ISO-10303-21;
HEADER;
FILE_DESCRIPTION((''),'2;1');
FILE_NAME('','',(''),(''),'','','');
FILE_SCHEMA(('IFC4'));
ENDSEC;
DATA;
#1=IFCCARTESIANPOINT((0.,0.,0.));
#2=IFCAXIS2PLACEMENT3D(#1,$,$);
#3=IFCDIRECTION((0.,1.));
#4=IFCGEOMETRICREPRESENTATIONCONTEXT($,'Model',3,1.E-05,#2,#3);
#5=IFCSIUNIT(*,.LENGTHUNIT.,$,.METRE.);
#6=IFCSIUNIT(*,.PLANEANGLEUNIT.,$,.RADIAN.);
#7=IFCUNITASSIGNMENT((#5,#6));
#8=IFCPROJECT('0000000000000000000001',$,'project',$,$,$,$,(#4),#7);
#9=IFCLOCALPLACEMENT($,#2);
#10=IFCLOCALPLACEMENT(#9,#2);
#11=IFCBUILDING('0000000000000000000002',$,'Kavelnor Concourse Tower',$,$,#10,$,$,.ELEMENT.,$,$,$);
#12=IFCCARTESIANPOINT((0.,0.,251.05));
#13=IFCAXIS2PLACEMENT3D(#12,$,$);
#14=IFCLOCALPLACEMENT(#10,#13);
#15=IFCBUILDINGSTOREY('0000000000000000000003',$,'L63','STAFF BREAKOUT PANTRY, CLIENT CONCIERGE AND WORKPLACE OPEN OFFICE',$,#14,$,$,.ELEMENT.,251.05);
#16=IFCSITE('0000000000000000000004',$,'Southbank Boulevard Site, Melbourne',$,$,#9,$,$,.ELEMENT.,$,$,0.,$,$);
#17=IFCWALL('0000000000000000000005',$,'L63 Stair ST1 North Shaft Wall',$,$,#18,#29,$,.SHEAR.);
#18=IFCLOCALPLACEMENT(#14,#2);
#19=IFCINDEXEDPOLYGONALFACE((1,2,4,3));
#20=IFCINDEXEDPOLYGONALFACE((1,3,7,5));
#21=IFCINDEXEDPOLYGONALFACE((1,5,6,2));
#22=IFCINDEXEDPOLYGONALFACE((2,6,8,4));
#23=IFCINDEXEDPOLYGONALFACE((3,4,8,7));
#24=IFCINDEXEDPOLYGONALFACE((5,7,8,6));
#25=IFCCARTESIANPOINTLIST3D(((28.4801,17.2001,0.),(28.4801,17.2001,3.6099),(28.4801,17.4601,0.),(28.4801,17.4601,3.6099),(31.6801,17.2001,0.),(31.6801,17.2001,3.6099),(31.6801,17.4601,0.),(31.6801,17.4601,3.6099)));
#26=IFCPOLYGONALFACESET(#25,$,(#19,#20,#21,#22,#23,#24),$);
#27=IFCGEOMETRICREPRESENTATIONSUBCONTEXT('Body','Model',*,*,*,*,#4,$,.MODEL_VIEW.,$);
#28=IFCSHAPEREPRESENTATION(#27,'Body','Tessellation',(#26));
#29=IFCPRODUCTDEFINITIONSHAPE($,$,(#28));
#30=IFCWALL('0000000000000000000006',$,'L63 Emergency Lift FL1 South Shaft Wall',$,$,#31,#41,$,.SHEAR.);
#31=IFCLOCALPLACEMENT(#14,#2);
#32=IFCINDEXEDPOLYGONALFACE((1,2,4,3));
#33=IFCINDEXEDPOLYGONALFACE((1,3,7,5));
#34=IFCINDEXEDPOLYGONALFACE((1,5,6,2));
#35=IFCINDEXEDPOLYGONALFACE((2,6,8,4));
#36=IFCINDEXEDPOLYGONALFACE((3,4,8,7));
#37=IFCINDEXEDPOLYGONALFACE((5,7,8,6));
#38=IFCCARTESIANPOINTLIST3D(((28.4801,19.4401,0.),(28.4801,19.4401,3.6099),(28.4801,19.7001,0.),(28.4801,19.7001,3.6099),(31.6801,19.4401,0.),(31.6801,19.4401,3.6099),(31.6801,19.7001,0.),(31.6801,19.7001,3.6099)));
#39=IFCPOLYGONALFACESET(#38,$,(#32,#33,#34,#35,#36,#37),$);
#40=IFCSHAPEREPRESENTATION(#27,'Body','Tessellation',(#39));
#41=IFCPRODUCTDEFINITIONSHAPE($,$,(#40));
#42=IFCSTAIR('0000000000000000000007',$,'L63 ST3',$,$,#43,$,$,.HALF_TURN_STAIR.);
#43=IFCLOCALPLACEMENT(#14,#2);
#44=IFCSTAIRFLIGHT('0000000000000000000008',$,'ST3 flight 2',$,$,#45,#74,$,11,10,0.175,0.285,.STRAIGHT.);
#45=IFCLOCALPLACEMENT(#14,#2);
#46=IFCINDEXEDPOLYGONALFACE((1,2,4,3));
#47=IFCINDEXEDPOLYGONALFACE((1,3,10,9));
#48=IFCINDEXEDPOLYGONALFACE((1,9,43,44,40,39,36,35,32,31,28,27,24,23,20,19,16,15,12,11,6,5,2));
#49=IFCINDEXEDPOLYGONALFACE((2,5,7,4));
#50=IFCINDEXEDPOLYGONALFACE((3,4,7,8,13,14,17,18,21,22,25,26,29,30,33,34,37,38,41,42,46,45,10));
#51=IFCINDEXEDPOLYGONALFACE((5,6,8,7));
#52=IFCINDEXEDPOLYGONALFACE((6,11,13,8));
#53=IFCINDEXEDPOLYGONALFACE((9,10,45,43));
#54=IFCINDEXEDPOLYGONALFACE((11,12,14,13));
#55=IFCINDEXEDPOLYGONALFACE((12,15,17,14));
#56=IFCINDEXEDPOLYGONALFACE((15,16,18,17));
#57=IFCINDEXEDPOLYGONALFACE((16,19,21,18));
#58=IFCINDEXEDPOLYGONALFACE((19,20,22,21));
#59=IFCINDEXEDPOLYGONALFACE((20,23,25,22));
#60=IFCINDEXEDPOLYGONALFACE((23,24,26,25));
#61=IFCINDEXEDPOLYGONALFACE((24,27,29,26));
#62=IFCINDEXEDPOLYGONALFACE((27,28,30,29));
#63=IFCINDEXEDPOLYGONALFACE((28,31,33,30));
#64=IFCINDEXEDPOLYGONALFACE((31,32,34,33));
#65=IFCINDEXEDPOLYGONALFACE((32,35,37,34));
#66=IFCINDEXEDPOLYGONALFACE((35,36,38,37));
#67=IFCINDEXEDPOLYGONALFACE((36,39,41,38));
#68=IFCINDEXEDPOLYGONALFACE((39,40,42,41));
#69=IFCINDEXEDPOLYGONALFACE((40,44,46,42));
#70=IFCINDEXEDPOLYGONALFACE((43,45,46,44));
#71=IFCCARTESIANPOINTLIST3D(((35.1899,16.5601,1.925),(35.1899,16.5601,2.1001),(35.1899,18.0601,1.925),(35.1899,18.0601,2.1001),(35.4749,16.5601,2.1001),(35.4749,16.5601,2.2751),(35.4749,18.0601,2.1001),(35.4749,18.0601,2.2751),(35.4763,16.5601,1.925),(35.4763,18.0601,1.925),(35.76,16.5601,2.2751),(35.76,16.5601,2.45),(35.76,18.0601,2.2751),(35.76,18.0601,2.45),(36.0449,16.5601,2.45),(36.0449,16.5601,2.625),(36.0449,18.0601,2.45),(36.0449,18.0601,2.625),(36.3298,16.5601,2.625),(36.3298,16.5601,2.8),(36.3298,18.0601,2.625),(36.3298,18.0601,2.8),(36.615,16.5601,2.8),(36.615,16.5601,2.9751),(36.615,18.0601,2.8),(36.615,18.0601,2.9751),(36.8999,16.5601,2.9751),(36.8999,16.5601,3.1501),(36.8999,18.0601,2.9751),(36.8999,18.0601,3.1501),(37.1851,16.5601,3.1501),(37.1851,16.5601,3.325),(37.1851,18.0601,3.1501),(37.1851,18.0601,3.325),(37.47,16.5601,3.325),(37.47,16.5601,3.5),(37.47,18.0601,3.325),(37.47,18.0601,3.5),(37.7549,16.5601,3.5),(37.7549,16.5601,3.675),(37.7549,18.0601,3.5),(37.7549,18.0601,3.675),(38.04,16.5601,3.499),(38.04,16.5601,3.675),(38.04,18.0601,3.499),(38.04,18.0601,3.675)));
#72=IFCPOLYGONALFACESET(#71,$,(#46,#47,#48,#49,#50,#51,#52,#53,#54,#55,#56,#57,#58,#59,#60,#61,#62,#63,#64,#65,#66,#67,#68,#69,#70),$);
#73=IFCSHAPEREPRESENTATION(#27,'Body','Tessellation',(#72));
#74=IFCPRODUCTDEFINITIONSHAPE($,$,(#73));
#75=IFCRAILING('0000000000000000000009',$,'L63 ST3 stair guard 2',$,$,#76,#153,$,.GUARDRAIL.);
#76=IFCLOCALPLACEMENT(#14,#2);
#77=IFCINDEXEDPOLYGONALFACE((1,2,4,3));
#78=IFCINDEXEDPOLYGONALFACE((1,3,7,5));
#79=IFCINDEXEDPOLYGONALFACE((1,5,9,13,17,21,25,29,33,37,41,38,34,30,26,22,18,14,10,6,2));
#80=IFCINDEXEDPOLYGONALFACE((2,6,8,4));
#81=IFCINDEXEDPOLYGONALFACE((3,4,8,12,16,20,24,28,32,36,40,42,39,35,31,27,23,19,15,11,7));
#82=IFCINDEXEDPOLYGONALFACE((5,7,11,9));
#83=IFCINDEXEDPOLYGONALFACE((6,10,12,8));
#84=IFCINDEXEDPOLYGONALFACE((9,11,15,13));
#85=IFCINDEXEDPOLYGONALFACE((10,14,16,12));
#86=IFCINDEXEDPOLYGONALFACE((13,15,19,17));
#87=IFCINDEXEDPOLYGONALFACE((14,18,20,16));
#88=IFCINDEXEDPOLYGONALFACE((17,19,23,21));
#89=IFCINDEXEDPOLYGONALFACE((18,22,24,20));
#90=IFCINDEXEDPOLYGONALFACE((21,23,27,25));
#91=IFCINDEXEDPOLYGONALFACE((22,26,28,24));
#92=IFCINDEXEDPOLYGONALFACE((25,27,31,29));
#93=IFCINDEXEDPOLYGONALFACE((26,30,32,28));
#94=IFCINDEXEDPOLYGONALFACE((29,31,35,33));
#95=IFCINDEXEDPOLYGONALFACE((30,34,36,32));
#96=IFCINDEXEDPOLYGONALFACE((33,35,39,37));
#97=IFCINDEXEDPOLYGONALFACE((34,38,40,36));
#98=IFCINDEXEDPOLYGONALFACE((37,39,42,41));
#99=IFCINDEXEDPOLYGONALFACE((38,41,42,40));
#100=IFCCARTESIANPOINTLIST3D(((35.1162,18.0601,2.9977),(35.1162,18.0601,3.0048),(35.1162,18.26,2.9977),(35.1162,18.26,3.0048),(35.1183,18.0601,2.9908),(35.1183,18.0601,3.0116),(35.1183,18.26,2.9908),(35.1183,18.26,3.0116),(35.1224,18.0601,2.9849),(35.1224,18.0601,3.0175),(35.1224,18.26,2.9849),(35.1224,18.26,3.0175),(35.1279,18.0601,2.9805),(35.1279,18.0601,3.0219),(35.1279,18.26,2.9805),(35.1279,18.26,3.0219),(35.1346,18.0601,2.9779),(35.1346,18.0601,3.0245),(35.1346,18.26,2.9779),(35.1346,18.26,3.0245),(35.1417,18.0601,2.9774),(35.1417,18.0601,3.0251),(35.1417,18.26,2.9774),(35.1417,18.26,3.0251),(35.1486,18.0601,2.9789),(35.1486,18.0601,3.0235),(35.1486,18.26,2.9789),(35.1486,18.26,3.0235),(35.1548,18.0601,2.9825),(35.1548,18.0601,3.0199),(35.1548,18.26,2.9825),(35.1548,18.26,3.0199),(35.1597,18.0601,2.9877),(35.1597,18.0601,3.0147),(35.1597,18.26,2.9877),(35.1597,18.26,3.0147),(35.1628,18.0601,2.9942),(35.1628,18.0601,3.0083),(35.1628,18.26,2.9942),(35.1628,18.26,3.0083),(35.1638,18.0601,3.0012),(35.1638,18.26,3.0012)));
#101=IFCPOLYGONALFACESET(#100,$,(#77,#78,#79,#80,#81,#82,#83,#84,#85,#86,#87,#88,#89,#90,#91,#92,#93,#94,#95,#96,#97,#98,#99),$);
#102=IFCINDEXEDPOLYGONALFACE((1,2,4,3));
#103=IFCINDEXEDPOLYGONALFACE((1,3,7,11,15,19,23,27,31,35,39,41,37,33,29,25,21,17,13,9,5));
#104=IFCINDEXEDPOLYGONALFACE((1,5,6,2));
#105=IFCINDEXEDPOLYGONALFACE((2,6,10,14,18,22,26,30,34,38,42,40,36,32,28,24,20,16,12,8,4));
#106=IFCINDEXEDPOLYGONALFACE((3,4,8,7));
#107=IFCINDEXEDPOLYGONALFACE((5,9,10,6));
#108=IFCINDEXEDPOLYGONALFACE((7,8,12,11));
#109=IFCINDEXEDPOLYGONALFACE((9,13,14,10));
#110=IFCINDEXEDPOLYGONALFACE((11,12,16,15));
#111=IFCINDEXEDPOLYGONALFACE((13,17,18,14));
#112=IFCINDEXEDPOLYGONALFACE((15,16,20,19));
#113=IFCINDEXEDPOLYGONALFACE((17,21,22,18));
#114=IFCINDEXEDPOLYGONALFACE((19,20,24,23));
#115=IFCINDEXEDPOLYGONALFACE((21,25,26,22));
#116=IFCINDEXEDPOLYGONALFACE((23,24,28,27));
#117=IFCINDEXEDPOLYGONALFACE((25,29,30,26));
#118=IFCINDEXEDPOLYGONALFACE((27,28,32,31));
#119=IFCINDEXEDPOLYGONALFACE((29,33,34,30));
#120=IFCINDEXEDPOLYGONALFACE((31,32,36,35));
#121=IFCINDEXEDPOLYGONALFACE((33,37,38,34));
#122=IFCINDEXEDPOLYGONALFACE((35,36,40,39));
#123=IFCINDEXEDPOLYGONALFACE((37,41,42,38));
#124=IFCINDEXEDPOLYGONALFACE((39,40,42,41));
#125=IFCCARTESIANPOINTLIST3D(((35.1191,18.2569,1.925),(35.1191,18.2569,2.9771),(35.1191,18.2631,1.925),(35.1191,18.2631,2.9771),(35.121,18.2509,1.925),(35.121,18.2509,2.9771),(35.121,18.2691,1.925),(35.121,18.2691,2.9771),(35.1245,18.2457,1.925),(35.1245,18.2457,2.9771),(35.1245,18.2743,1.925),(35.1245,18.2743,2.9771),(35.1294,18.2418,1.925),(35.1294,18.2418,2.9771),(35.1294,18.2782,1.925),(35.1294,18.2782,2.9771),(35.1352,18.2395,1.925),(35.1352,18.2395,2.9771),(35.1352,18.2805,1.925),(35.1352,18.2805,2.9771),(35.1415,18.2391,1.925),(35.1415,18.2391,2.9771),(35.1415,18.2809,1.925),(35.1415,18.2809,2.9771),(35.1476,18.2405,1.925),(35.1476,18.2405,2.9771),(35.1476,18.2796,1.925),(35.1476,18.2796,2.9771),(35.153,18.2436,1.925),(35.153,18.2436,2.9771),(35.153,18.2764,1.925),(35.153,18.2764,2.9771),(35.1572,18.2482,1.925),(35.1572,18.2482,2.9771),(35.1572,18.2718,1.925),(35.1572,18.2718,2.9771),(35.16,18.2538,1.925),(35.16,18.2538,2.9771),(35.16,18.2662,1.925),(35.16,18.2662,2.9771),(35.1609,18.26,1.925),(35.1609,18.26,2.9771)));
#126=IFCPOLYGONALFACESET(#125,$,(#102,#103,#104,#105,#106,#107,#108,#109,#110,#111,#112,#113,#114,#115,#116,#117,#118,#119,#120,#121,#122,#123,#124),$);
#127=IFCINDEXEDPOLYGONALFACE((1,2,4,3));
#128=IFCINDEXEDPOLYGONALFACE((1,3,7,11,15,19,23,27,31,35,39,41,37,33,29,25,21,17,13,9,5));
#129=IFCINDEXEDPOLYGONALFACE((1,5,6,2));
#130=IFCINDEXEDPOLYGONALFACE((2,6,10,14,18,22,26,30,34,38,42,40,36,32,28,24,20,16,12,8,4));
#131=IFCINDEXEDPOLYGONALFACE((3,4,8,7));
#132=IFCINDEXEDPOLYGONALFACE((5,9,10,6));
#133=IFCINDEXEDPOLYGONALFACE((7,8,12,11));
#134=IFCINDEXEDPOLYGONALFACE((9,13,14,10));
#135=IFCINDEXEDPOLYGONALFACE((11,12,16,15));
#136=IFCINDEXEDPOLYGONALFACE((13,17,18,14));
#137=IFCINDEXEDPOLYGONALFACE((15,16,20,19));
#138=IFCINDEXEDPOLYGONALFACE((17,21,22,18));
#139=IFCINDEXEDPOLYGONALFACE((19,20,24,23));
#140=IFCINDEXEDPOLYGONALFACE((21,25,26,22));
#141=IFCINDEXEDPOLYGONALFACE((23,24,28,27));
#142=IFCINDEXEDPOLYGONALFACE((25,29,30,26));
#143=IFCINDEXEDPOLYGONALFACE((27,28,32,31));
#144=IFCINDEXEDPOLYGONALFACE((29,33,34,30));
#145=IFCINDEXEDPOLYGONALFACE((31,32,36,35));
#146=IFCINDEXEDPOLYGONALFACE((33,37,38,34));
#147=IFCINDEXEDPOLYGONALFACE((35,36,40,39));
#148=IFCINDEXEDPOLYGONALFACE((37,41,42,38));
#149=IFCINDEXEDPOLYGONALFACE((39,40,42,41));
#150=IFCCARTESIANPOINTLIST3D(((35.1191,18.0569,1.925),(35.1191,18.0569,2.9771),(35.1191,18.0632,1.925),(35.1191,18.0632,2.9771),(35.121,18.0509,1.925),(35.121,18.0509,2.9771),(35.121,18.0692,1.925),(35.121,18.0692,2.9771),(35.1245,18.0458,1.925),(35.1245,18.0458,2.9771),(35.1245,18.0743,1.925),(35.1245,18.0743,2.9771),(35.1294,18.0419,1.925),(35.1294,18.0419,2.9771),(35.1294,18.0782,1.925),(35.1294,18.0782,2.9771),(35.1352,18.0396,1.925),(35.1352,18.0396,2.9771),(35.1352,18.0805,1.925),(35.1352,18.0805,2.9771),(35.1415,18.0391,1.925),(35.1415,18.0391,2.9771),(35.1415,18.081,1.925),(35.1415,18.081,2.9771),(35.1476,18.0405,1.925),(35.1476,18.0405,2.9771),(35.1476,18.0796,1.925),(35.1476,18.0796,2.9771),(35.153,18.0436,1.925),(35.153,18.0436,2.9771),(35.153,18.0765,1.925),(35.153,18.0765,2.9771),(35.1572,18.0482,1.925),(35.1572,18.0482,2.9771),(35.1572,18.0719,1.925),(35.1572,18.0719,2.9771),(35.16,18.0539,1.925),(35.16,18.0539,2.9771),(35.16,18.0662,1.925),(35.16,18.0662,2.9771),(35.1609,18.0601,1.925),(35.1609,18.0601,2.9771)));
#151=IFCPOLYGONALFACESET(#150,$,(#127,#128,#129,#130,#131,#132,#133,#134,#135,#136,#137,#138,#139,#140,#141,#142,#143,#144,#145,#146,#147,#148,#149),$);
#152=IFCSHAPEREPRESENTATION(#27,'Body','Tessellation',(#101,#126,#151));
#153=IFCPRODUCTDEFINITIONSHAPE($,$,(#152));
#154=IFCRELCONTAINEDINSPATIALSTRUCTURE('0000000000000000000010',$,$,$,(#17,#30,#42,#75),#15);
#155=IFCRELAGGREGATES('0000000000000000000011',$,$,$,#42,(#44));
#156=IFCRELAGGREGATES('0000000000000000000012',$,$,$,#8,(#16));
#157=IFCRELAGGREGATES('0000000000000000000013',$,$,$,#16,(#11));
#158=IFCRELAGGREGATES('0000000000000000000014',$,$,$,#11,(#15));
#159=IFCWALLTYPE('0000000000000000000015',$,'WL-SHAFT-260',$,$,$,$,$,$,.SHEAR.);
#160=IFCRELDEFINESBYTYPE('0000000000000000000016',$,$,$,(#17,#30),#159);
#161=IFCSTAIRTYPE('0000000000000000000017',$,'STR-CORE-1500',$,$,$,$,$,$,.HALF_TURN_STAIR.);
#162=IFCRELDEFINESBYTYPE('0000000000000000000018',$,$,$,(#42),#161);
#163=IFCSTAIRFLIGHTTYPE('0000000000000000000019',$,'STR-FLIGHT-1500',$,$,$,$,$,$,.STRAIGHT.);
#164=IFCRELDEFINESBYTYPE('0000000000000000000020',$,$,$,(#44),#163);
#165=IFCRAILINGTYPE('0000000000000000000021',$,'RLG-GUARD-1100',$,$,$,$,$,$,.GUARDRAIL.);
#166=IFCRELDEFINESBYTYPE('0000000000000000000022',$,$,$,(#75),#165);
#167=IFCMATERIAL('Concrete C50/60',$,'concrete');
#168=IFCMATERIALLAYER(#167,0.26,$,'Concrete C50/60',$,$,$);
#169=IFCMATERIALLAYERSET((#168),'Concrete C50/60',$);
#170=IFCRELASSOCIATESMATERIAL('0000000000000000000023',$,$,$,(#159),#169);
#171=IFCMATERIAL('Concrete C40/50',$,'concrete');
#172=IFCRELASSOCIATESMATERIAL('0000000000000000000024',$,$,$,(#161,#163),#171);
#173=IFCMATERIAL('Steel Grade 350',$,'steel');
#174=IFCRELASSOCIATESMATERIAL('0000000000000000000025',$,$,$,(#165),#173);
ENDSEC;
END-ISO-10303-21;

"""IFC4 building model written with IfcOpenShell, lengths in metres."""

from ifc_helpers import new_model, si_unit, direction, frame, frame_2d, origin, origin_2d, place, context, subcontext, project, spatial, polyline, rectangle, circle, outline, extrude, material, layer, layer_set, type_object, element, aggregate, save


model = new_model("IFC4")

# Units and contexts
model_context = context("Model", 3, precision=1e-05, world=origin(), true_north=direction((0.0, 1.0)))
body_context = subcontext(model_context, "Body", "Model", "MODEL_VIEW")
ifc_project = project(units=[si_unit("LENGTHUNIT", "METRE"), si_unit("PLANEANGLEUNIT", "RADIAN")], contexts=[model_context])

# Site, building, storey
site_placement = place(None, origin())
site = spatial("IfcSite", under=ifc_project, at=site_placement, Name="Southbank Boulevard Site, Melbourne", CompositionType="ELEMENT", RefElevation=0.0)
building_placement = place(site_placement, origin())
building = spatial("IfcBuilding", under=site, at=building_placement, Name="Kavelnor Concourse Tower", CompositionType="ELEMENT")
storey_placement = place(building_placement, frame((0.0, 0.0, 251.05)))
storey = spatial("IfcBuildingStorey", under=building, at=storey_placement, Name="L63", Description="STAFF BREAKOUT PANTRY, CLIENT CONCIERGE AND WORKPLACE OPEN OFFICE", CompositionType="ELEMENT", Elevation=251.05)

# Shared definitions
ifc_material_1 = material(Name="Steel Grade 350", Category="steel")

# Shared definitions
ifc_material_2 = material(Name="Concrete C50/60", Category="concrete")

# Walls
ifc_layer_1 = layer(ifc_material_2, 0.26, Name="Concrete C50/60")
ifc_layer_set_1 = layer_set([ifc_layer_1], Name="Concrete C50/60")
wall_type_1 = type_object("IfcWallType", Name="WL-SHAFT-260", PredefinedType="SHEAR", material=ifc_layer_set_1)
for number, where, z_axis, x_axis, name in (
    (1, (28.48, 17.3301, 0.0), (0.0, 0.0, 1.0), (1.0, 0.0, 0.0), "L63 Stair ST1 North Shaft Wall"),
    (2, (28.48, 19.5701, 0.0), (0.0, 0.0, 1.0), (1.0, 0.0, 0.0), "L63 Emergency Lift FL1 South Shaft Wall"),
):
    element("IfcWall", number, at=place(storey_placement, frame(where, z_axis=z_axis, x_axis=x_axis)), inside=storey, type_object=wall_type_1, Name=name, PredefinedType="SHEAR", context=body_context, shape_type="SweptSolid", body=[
        extrude(rectangle(XDim=3.2, YDim=0.26, at=frame_2d((1.6001, 0.0))), origin(), (0.0, 0.0, 1.0), 3.6099),
    ])

# Stair, stair flight
ifc_material_3 = material(Name="Concrete C40/50", Category="concrete")
stair_type = type_object("IfcStairType", Name="STR-CORE-1500", PredefinedType="HALF_TURN_STAIR", material=ifc_material_3)
stair_placement = place(storey_placement, origin())
stair = element("IfcStair", 3, at=stair_placement, inside=storey, type_object=stair_type, Name="L63 ST3", PredefinedType="HALF_TURN_STAIR")
stair_flight_type = type_object("IfcStairFlightType", Name="STR-FLIGHT-1500", PredefinedType="STRAIGHT", material=ifc_material_3)
stair_flight_placement = place(storey_placement, frame((35.1899, 17.3101, 1.925), z_axis=(0.0, 0.0, 1.0), x_axis=(1.0, 0.0, 0.0)))
stair_flight = element("IfcStairFlight", 4, at=stair_flight_placement, type_object=stair_flight_type, Name="ST3 flight 2", NumberOfRisers=11, NumberOfTreads=10, PredefinedType="STRAIGHT", RiserHeight=0.175, TreadLength=0.285, context=body_context, shape_type="SweptSolid", body=[
    extrude(outline(polyline([(0.0, 0.0), (0.0, 0.175), (0.2849, 0.175), (0.2849, 0.3501), (0.5701, 0.3501), (0.5701, 0.5249), (0.855, 0.5249), (0.855, 0.7), (1.1399, 0.7), (1.1399, 0.875), (1.425, 0.875), (1.425, 1.05), (1.71, 1.05), (1.71, 1.2251), (1.9951, 1.2251), (1.9951, 1.3999), (2.28, 1.3999), (2.28, 1.575), (2.5649, 1.575), (2.5649, 1.75), (2.8501, 1.75), (2.8501, 1.925), (2.8501, 1.574), (0.2864, 0.0), (0.0, 0.0)])), frame((0.0, 0.75, 0.0), z_axis=(0.0, -1.0, 0.0), x_axis=(1.0, 0.0, 0.0)), (0.0, 0.0, 1.0), 1.5),
])
aggregate(stair, [stair_flight])

# Railing
railing_type_1 = type_object("IfcRailingType", Name="RLG-GUARD-1100", PredefinedType="GUARDRAIL", material=ifc_material_1)
railing_1_placement = place(storey_placement, frame((35.1399, 18.26, 1.925)))
element("IfcRailing", 5, at=railing_1_placement, inside=storey, type_object=railing_type_1, Name="L63 ST3 stair guard 2", PredefinedType="GUARDRAIL", context=body_context, shape_type="SweptSolid", body=[
    extrude(circle(Radius=0.0239, at=origin_2d()), frame((0.0, 0.0, 1.0762), z_axis=(0.0, -1.0, 0.0), x_axis=(1.0, 0.0, 0.0)), (0.0, 0.0, 1.0), 0.2),
    extrude(circle(Radius=0.021, at=origin_2d()), origin(), (0.0, 0.0, 1.0), 1.052),
    extrude(circle(Radius=0.021, at=origin_2d()), frame((0.0, -0.2, 0.0)), (0.0, 0.0, 1.0), 1.052),
])

save(model, "model.ifc")
